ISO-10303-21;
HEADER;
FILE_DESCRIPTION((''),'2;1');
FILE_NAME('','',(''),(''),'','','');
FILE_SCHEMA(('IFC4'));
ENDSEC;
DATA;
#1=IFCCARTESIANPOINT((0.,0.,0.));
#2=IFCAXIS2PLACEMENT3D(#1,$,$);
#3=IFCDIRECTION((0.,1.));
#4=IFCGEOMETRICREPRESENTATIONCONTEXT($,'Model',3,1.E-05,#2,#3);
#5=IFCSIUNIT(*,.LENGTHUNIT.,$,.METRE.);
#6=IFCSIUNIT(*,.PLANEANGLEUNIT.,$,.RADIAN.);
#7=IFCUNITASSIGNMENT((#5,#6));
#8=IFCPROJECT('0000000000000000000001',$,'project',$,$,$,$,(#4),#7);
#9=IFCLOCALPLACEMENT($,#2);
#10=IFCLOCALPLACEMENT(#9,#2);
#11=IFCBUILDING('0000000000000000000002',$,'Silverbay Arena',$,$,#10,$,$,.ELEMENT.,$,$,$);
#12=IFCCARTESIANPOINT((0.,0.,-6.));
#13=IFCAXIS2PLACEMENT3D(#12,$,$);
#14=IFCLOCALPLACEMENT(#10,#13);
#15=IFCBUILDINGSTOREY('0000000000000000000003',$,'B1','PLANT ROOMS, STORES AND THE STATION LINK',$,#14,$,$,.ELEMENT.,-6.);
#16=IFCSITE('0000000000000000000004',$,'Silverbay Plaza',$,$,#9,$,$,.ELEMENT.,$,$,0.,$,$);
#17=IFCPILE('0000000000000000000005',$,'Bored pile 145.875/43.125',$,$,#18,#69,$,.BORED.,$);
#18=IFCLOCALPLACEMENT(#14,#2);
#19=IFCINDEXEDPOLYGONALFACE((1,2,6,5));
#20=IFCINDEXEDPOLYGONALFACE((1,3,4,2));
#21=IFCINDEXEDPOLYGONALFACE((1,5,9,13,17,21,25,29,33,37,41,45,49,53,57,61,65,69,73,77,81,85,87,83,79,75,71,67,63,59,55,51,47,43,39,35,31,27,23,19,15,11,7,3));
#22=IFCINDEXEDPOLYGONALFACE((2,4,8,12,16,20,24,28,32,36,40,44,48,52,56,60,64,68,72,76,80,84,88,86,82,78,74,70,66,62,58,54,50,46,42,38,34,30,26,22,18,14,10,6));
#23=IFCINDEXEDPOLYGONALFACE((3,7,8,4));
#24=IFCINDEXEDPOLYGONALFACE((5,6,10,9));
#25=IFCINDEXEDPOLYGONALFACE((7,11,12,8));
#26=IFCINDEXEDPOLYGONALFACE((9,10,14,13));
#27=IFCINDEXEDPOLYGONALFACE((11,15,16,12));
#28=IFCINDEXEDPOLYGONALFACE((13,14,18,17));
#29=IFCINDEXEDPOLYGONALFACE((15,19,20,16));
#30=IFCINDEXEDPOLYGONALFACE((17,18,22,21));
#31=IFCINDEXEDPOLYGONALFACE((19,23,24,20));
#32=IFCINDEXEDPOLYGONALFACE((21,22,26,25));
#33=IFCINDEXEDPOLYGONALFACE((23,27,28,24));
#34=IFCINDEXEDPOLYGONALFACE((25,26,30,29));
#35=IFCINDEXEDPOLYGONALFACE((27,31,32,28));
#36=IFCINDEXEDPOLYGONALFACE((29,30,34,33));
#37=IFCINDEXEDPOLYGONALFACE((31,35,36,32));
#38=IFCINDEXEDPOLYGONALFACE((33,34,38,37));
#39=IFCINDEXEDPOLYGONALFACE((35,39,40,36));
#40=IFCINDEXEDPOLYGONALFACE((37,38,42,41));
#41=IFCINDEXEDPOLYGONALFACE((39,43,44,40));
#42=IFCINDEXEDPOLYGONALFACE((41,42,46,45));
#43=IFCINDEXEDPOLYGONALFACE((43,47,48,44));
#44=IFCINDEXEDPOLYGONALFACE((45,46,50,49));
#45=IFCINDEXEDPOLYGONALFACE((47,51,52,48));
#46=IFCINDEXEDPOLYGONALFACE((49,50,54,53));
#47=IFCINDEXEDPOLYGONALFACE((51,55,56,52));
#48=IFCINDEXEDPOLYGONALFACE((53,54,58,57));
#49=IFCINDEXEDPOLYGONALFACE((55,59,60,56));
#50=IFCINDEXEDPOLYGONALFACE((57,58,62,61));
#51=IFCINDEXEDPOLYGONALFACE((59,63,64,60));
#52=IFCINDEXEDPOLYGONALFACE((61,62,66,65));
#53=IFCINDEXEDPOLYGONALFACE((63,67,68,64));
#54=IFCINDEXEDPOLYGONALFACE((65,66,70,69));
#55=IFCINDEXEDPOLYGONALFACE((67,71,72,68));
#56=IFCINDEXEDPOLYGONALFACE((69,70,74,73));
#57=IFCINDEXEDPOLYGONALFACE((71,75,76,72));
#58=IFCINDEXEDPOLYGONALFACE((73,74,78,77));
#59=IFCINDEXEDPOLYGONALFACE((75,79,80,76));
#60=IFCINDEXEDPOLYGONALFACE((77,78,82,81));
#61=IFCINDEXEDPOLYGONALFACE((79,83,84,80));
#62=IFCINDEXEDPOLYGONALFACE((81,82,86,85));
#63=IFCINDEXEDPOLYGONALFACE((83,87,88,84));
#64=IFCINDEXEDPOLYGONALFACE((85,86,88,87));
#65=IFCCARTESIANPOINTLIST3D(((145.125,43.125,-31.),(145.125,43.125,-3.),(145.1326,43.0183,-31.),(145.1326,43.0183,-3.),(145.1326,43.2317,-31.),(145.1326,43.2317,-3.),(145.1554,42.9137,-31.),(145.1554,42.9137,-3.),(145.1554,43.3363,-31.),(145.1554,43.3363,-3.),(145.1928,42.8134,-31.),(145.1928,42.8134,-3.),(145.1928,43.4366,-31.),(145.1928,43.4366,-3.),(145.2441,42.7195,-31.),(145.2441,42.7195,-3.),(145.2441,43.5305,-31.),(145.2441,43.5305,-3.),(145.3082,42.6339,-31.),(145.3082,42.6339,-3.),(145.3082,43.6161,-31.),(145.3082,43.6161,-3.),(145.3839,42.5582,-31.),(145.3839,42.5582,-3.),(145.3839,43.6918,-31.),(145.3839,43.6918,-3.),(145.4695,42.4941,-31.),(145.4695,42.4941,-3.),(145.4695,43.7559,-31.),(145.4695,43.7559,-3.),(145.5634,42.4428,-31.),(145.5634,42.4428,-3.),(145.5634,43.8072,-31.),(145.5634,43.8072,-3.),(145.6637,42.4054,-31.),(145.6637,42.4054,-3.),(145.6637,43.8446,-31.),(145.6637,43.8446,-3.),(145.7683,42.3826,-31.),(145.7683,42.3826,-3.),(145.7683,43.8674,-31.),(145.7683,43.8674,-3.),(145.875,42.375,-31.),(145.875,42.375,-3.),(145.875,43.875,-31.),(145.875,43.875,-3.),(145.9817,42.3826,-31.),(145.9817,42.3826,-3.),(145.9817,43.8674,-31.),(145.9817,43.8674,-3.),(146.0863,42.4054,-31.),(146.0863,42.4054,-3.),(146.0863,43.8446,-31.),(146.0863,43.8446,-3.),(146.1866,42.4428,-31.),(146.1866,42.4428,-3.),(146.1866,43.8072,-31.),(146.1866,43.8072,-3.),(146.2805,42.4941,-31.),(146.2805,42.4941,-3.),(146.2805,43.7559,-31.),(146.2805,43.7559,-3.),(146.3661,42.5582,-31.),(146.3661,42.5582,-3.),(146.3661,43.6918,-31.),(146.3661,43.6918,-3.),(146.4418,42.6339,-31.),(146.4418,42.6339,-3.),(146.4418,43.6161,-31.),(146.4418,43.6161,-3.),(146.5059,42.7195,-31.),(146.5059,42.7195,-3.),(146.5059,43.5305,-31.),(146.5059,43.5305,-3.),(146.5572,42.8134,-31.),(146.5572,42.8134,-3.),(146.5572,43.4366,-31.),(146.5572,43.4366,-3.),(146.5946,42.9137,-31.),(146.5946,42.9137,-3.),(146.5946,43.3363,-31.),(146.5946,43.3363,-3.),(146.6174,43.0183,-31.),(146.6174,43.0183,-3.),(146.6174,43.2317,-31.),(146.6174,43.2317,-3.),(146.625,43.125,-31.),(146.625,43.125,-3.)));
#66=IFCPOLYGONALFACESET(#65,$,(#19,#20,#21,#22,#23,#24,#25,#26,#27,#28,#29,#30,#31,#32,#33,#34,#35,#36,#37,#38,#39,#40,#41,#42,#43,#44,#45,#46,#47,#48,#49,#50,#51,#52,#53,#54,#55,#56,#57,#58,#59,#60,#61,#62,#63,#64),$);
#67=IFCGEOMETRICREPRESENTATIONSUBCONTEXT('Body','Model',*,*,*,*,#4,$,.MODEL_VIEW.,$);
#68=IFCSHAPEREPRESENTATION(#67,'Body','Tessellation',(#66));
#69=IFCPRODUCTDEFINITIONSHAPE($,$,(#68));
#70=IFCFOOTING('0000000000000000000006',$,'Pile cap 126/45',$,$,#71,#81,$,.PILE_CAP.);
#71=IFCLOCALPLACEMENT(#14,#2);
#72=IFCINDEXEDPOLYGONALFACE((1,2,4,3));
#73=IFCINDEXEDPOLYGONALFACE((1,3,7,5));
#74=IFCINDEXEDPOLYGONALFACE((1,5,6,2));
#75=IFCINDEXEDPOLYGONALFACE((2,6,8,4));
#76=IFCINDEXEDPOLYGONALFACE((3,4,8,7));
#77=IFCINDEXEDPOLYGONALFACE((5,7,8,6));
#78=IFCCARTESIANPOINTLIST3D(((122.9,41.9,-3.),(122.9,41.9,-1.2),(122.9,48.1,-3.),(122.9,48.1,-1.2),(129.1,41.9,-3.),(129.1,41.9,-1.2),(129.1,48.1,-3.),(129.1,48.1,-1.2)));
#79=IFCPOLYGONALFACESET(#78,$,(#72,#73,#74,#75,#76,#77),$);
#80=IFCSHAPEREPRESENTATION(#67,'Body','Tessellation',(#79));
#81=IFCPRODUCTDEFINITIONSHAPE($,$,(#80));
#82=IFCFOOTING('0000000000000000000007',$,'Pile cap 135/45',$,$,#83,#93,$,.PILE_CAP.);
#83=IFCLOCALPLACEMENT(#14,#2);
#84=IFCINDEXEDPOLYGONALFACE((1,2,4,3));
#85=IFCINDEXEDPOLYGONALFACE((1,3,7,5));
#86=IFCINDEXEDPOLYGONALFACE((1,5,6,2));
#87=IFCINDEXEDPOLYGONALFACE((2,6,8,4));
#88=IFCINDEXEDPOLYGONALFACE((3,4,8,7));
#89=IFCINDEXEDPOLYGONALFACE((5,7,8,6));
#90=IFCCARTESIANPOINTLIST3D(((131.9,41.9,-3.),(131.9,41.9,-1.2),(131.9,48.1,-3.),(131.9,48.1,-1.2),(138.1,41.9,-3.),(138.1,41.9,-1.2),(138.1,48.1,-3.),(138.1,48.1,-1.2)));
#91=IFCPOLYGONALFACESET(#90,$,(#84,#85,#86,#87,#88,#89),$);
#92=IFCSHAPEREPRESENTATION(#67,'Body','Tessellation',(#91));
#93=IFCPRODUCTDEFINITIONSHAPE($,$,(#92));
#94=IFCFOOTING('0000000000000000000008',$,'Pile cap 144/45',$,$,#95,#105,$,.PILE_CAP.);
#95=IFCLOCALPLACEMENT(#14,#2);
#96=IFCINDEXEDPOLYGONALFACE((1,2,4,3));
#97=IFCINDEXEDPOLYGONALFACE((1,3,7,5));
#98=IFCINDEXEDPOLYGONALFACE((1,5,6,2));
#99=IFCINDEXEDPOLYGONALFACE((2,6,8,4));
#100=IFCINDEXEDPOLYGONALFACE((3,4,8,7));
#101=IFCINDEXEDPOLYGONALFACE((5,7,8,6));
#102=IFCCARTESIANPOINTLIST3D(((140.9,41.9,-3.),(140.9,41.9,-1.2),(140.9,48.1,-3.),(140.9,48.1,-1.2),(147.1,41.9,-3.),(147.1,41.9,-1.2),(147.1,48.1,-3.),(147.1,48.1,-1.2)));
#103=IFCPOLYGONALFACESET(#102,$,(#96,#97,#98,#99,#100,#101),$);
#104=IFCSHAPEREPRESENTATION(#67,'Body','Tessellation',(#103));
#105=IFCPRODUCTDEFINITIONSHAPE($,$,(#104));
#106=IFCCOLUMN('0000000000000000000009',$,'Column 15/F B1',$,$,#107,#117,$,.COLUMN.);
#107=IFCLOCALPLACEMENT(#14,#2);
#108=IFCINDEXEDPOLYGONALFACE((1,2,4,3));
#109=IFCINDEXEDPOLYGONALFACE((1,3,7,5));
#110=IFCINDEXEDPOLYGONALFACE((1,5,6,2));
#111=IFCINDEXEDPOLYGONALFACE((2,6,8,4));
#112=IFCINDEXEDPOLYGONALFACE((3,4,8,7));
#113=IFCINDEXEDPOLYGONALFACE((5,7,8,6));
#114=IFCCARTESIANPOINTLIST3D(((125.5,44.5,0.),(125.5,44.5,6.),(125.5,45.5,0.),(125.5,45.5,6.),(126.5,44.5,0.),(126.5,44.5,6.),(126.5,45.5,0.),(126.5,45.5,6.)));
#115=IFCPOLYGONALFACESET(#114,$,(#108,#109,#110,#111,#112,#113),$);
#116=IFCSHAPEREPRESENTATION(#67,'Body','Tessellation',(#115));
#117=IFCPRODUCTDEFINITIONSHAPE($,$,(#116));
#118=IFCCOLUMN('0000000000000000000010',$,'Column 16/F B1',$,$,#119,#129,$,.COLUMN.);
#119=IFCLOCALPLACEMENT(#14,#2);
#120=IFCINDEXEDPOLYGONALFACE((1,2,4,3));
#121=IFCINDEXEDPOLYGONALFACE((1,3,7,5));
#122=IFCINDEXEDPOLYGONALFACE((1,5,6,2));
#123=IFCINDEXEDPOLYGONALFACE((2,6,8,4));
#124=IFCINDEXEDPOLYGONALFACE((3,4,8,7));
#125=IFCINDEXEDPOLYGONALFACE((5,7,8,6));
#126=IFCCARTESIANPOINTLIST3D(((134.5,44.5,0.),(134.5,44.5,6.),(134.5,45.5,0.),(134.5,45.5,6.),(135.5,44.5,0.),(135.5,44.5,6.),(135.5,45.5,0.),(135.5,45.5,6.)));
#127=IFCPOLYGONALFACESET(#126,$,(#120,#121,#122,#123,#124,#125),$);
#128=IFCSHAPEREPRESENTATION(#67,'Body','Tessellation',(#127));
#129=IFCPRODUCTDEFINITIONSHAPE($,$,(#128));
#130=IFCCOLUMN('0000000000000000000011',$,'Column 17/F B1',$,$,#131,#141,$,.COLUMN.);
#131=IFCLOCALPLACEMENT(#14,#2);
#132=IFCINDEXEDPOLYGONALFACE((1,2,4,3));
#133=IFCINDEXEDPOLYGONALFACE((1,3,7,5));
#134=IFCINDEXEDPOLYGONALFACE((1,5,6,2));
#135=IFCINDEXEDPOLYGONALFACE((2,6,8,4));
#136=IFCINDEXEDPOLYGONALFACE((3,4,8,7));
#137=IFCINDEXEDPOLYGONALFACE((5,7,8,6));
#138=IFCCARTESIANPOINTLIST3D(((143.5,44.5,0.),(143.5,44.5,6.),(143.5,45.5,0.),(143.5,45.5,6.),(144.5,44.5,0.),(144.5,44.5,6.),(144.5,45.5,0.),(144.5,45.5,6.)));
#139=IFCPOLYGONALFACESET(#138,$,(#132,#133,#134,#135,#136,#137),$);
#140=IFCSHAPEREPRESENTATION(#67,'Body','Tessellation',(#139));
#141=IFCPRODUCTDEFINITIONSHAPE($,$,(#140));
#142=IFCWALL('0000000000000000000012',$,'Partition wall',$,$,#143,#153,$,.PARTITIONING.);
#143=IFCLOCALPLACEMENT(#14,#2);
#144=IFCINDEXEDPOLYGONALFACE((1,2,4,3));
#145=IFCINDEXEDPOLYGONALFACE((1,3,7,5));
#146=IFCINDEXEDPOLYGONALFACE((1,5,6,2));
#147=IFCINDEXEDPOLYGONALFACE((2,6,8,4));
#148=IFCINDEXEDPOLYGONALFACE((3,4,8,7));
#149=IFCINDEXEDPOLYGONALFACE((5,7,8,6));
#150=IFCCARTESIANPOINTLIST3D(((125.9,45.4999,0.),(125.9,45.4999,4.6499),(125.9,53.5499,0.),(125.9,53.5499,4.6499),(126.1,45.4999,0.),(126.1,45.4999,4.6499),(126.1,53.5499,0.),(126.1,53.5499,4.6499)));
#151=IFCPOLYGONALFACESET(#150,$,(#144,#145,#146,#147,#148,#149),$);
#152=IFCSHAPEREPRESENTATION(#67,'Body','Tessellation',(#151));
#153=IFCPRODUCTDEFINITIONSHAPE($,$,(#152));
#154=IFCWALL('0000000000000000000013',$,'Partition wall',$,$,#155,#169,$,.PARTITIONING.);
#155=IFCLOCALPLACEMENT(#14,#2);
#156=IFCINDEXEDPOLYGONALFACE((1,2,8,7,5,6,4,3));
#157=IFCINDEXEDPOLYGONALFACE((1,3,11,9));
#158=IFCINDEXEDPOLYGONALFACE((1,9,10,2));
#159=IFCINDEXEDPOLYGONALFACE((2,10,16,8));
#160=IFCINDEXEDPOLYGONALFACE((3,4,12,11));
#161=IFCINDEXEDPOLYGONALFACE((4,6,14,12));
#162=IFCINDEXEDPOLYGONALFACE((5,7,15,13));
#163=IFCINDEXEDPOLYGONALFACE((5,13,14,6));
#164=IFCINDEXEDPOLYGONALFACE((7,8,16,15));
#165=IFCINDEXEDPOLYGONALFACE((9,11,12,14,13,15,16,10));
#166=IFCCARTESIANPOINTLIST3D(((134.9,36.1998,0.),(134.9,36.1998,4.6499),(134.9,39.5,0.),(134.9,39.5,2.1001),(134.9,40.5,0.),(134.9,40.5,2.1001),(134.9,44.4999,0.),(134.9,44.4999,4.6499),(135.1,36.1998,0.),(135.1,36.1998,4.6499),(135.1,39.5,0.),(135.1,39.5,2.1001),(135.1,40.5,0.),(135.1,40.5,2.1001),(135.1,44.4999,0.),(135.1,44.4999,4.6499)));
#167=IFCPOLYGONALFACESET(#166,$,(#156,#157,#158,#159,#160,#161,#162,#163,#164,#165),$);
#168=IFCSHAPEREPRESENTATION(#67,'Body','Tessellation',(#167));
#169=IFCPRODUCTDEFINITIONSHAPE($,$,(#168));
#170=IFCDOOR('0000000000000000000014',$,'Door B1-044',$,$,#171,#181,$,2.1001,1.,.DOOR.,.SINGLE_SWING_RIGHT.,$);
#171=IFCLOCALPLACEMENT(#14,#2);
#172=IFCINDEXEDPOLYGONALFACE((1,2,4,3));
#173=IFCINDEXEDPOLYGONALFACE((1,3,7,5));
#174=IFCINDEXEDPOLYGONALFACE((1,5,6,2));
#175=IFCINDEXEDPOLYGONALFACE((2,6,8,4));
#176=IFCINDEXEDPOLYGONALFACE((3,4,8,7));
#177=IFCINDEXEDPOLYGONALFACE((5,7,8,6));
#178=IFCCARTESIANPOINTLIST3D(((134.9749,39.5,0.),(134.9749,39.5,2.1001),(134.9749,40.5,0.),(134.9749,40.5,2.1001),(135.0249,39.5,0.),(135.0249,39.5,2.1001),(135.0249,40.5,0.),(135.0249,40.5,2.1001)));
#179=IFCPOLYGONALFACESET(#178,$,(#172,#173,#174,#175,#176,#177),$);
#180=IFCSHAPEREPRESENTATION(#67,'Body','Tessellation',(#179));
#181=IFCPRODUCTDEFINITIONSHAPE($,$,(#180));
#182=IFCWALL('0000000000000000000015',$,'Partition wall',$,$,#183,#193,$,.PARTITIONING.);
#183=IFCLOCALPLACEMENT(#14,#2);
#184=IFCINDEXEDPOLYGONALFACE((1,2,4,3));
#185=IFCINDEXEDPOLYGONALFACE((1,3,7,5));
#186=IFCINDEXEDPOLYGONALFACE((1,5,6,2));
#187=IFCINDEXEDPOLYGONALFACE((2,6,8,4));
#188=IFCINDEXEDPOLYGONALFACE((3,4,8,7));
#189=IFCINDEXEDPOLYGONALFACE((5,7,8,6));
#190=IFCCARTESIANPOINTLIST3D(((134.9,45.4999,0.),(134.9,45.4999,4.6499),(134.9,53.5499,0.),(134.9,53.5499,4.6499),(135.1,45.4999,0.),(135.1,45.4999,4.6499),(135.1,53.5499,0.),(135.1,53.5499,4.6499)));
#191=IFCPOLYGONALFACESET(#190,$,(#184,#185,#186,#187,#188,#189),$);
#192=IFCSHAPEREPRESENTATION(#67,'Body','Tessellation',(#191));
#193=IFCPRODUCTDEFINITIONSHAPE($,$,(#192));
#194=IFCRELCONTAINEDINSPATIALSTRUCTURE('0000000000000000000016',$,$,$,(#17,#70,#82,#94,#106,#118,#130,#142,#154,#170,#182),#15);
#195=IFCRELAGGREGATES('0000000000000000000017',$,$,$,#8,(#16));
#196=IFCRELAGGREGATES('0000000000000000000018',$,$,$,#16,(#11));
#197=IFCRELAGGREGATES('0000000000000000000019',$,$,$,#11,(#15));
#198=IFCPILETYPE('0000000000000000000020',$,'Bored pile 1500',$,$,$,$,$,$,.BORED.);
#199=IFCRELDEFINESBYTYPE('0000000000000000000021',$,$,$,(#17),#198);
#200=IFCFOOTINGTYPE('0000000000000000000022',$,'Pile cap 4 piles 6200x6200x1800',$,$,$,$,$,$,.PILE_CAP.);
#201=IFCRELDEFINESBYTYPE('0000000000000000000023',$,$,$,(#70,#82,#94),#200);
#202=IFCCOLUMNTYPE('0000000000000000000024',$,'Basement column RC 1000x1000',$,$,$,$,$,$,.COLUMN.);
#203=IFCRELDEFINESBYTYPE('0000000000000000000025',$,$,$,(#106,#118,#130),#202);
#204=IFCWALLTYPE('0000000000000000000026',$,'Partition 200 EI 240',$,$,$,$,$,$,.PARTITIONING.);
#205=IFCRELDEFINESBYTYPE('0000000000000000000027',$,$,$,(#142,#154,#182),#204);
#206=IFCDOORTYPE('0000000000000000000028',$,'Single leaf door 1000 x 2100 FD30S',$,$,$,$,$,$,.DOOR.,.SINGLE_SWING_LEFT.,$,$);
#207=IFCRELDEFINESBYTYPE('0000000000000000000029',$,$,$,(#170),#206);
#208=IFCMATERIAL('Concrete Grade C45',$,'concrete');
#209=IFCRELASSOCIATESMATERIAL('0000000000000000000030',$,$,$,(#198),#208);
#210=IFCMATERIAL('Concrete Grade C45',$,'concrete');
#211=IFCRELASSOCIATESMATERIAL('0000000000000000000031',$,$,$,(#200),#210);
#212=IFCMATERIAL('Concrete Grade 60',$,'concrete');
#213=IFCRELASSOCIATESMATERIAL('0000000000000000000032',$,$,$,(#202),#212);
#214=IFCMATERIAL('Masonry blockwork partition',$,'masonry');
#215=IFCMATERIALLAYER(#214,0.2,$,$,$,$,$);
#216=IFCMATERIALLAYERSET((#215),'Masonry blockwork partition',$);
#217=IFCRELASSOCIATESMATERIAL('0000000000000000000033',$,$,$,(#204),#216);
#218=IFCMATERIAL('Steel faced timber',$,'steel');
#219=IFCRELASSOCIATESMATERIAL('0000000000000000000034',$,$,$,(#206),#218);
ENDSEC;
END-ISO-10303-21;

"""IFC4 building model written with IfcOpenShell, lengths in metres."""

from ifc_helpers import new_model, si_unit, direction, frame, frame_2d, origin, origin_2d, place, context, subcontext, project, spatial, rectangle, circle, extrude, material, layer, layer_set, material_profile, profile_set, type_object, element, fill, save


model = new_model("IFC4")

# Units and contexts
model_context = context("Model", 3, precision=1e-05, world=origin(), true_north=direction((0.0, 1.0)))
body_context = subcontext(model_context, "Body", "Model", "MODEL_VIEW")
ifc_project = project(units=[si_unit("LENGTHUNIT", "METRE"), si_unit("PLANEANGLEUNIT", "RADIAN")], contexts=[model_context])

# Site, building, storey
site_placement = place(None, origin())
site = spatial("IfcSite", under=ifc_project, at=site_placement, Name="Silverbay Plaza", CompositionType="ELEMENT", RefElevation=0.0)
building_placement = place(site_placement, origin())
building = spatial("IfcBuilding", under=site, at=building_placement, Name="Silverbay Arena", CompositionType="ELEMENT")
storey_placement = place(building_placement, frame((0.0, 0.0, -6.0)))
storey = spatial("IfcBuildingStorey", under=building, at=storey_placement, Name="B1", Description="PLANT ROOMS, STORES AND THE STATION LINK", CompositionType="ELEMENT", Elevation=-6.0)

# Pile
ifc_material_1 = material(Name="Concrete Grade C45", Category="concrete")
ifc_material_profile_1 = material_profile(ifc_material_1, circle(Radius=0.75, at=origin_2d()), Name="Bored pile 1500")
ifc_profile_set_1 = profile_set([ifc_material_profile_1], Name="Concrete Grade C45")
pile_type = type_object("IfcPileType", Name="Bored pile 1500", PredefinedType="BORED", material=ifc_profile_set_1)
for number, where, z_axis, x_axis, name in (
    (1, (145.875, 43.125, -3.0), (0.0, 0.0, -1.0), (1.0, 0.0, 0.0), "Bored pile 145.875/43.125"),
):
    element("IfcPile", number, at=place(storey_placement, frame(where, z_axis=z_axis, x_axis=x_axis)), inside=storey, type_object=pile_type, Name=name, PredefinedType="BORED", context=body_context, shape_type="SweptSolid", body=[
        extrude(circle(Radius=0.75, at=origin_2d()), origin(), (0.0, 0.0, 1.0), 28.0),
    ])

# Footings
ifc_material_2 = material(Name="Concrete Grade C45", Category="concrete")
footing_type = type_object("IfcFootingType", Name="Pile cap 4 piles 6200x6200x1800", PredefinedType="PILE_CAP", material=ifc_material_2)
for number, where, z_axis, x_axis, name in (
    (2, (126.0, 45.0, -3.0), (0.0, 0.0, 1.0), (1.0, 0.0, 0.0), "Pile cap 126/45"),
    (3, (135.0, 45.0, -3.0), (0.0, 0.0, 1.0), (1.0, 0.0, 0.0), "Pile cap 135/45"),
    (4, (144.0, 45.0, -3.0), (0.0, 0.0, 1.0), (1.0, 0.0, 0.0), "Pile cap 144/45"),
):
    element("IfcFooting", number, at=place(storey_placement, frame(where, z_axis=z_axis, x_axis=x_axis)), inside=storey, type_object=footing_type, Name=name, PredefinedType="PILE_CAP", context=body_context, shape_type="SweptSolid", body=[
        extrude(rectangle(XDim=6.2, YDim=6.2, at=origin_2d()), origin(), (0.0, 0.0, 1.0), 1.8),
    ])

# Columns
ifc_material_3 = material(Name="Concrete Grade 60", Category="concrete")
ifc_material_profile_2 = material_profile(ifc_material_3, rectangle(XDim=1.0, YDim=1.0, at=origin_2d()), Name="RC 1000x1000")
ifc_profile_set_2 = profile_set([ifc_material_profile_2], Name="Concrete Grade 60")
column_type = type_object("IfcColumnType", Name="Basement column RC 1000x1000", PredefinedType="COLUMN", material=ifc_profile_set_2)
for number, where, z_axis, x_axis, name in (
    (5, (126.0, 45.0, 0.0), (0.0, 0.0, 1.0), (1.0, 0.0, 0.0), "Column 15/F B1"),
    (6, (135.0, 45.0, 0.0), (0.0, 0.0, 1.0), (1.0, 0.0, 0.0), "Column 16/F B1"),
    (7, (144.0, 45.0, 0.0), (0.0, 0.0, 1.0), (1.0, 0.0, 0.0), "Column 17/F B1"),
):
    element("IfcColumn", number, at=place(storey_placement, frame(where, z_axis=z_axis, x_axis=x_axis)), inside=storey, type_object=column_type, Name=name, PredefinedType="COLUMN", context=body_context, shape_type="SweptSolid", body=[
        extrude(rectangle(XDim=1.0, YDim=1.0, at=origin_2d()), origin(), (0.0, 0.0, 1.0), 6.0),
    ])

# Wall
ifc_material_4 = material(Name="Masonry blockwork partition", Category="masonry")
ifc_layer = layer(ifc_material_4, 0.2)
ifc_layer_set = layer_set([ifc_layer], Name="Masonry blockwork partition")
wall_type = type_object("IfcWallType", Name="Partition 200 EI 240", PredefinedType="PARTITIONING", material=ifc_layer_set)
wall_1_placement = place(storey_placement, frame((126.0, 45.5, 0.0), z_axis=(0.0, 0.0, 1.0), x_axis=(0.0, 1.0, 0.0)))
element("IfcWall", 8, at=wall_1_placement, inside=storey, type_object=wall_type, Name="Partition wall", PredefinedType="PARTITIONING", context=body_context, shape_type="SweptSolid", body=[
    extrude(rectangle(XDim=8.05, YDim=0.2, at=frame_2d((4.0249, 0.0))), origin(), (0.0, 0.0, 1.0), 4.6499),
])

# Wall, opening, door
wall_2_placement = place(storey_placement, frame((135.0, 36.2, 0.0), z_axis=(0.0, 0.0, 1.0), x_axis=(0.0, 1.0, 0.0)))
wall_2 = element("IfcWall", 9, at=wall_2_placement, inside=storey, type_object=wall_type, Name="Partition wall", PredefinedType="PARTITIONING", context=body_context, shape_type="SweptSolid", body=[
    extrude(rectangle(XDim=8.3, YDim=0.2, at=frame_2d((4.1499, 0.0))), origin(), (0.0, 0.0, 1.0), 4.6499),
])
opening_placement = place(wall_2_placement, frame((3.3, 0.0, 0.0)))
opening = element("IfcOpeningElement", 10, at=opening_placement, cuts=wall_2, PredefinedType="OPENING", context=body_context, shape_type="SweptSolid", body=[
    extrude(rectangle(XDim=1.0, YDim=2.1001, at=frame_2d((0.5, 1.05))), frame((0.0, 0.1099, 0.0), z_axis=(0.0, -1.0, 0.0), x_axis=(1.0, 0.0, 0.0)), (0.0, 0.0, 1.0), 0.22),
])
ifc_material_5 = material(Name="Steel faced timber", Category="steel")
door_type = type_object("IfcDoorType", Name="Single leaf door 1000 x 2100 FD30S", OperationType="SINGLE_SWING_LEFT", PredefinedType="DOOR", material=ifc_material_5)
door_placement = place(opening_placement, frame((1.0, 0.0, 0.0), z_axis=(0.0, 0.0, 1.0), x_axis=(-1.0, 0.0, 0.0)))
door = element("IfcDoor", 11, at=door_placement, inside=storey, type_object=door_type, Name="Door B1-044", OperationType="SINGLE_SWING_RIGHT", OverallHeight=2.1001, OverallWidth=1.0, PredefinedType="DOOR", context=body_context, shape_type="SweptSolid", body=[
    extrude(rectangle(XDim=1.0, YDim=2.1001, at=frame_2d((0.5, 1.05))), frame((0.0, 0.0249, 0.0), z_axis=(0.0, -1.0, 0.0), x_axis=(1.0, 0.0, 0.0)), (0.0, 0.0, 1.0), 0.05),
])
fill(opening, door)

# Wall
wall_3_placement = place(storey_placement, frame((135.0, 45.5, 0.0), z_axis=(0.0, 0.0, 1.0), x_axis=(0.0, 1.0, 0.0)))
element("IfcWall", 12, at=wall_3_placement, inside=storey, type_object=wall_type, Name="Partition wall", PredefinedType="PARTITIONING", context=body_context, shape_type="SweptSolid", body=[
    extrude(rectangle(XDim=8.05, YDim=0.2, at=frame_2d((4.0249, 0.0))), origin(), (0.0, 0.0, 1.0), 4.6499),
])

save(model, "model.ifc")
